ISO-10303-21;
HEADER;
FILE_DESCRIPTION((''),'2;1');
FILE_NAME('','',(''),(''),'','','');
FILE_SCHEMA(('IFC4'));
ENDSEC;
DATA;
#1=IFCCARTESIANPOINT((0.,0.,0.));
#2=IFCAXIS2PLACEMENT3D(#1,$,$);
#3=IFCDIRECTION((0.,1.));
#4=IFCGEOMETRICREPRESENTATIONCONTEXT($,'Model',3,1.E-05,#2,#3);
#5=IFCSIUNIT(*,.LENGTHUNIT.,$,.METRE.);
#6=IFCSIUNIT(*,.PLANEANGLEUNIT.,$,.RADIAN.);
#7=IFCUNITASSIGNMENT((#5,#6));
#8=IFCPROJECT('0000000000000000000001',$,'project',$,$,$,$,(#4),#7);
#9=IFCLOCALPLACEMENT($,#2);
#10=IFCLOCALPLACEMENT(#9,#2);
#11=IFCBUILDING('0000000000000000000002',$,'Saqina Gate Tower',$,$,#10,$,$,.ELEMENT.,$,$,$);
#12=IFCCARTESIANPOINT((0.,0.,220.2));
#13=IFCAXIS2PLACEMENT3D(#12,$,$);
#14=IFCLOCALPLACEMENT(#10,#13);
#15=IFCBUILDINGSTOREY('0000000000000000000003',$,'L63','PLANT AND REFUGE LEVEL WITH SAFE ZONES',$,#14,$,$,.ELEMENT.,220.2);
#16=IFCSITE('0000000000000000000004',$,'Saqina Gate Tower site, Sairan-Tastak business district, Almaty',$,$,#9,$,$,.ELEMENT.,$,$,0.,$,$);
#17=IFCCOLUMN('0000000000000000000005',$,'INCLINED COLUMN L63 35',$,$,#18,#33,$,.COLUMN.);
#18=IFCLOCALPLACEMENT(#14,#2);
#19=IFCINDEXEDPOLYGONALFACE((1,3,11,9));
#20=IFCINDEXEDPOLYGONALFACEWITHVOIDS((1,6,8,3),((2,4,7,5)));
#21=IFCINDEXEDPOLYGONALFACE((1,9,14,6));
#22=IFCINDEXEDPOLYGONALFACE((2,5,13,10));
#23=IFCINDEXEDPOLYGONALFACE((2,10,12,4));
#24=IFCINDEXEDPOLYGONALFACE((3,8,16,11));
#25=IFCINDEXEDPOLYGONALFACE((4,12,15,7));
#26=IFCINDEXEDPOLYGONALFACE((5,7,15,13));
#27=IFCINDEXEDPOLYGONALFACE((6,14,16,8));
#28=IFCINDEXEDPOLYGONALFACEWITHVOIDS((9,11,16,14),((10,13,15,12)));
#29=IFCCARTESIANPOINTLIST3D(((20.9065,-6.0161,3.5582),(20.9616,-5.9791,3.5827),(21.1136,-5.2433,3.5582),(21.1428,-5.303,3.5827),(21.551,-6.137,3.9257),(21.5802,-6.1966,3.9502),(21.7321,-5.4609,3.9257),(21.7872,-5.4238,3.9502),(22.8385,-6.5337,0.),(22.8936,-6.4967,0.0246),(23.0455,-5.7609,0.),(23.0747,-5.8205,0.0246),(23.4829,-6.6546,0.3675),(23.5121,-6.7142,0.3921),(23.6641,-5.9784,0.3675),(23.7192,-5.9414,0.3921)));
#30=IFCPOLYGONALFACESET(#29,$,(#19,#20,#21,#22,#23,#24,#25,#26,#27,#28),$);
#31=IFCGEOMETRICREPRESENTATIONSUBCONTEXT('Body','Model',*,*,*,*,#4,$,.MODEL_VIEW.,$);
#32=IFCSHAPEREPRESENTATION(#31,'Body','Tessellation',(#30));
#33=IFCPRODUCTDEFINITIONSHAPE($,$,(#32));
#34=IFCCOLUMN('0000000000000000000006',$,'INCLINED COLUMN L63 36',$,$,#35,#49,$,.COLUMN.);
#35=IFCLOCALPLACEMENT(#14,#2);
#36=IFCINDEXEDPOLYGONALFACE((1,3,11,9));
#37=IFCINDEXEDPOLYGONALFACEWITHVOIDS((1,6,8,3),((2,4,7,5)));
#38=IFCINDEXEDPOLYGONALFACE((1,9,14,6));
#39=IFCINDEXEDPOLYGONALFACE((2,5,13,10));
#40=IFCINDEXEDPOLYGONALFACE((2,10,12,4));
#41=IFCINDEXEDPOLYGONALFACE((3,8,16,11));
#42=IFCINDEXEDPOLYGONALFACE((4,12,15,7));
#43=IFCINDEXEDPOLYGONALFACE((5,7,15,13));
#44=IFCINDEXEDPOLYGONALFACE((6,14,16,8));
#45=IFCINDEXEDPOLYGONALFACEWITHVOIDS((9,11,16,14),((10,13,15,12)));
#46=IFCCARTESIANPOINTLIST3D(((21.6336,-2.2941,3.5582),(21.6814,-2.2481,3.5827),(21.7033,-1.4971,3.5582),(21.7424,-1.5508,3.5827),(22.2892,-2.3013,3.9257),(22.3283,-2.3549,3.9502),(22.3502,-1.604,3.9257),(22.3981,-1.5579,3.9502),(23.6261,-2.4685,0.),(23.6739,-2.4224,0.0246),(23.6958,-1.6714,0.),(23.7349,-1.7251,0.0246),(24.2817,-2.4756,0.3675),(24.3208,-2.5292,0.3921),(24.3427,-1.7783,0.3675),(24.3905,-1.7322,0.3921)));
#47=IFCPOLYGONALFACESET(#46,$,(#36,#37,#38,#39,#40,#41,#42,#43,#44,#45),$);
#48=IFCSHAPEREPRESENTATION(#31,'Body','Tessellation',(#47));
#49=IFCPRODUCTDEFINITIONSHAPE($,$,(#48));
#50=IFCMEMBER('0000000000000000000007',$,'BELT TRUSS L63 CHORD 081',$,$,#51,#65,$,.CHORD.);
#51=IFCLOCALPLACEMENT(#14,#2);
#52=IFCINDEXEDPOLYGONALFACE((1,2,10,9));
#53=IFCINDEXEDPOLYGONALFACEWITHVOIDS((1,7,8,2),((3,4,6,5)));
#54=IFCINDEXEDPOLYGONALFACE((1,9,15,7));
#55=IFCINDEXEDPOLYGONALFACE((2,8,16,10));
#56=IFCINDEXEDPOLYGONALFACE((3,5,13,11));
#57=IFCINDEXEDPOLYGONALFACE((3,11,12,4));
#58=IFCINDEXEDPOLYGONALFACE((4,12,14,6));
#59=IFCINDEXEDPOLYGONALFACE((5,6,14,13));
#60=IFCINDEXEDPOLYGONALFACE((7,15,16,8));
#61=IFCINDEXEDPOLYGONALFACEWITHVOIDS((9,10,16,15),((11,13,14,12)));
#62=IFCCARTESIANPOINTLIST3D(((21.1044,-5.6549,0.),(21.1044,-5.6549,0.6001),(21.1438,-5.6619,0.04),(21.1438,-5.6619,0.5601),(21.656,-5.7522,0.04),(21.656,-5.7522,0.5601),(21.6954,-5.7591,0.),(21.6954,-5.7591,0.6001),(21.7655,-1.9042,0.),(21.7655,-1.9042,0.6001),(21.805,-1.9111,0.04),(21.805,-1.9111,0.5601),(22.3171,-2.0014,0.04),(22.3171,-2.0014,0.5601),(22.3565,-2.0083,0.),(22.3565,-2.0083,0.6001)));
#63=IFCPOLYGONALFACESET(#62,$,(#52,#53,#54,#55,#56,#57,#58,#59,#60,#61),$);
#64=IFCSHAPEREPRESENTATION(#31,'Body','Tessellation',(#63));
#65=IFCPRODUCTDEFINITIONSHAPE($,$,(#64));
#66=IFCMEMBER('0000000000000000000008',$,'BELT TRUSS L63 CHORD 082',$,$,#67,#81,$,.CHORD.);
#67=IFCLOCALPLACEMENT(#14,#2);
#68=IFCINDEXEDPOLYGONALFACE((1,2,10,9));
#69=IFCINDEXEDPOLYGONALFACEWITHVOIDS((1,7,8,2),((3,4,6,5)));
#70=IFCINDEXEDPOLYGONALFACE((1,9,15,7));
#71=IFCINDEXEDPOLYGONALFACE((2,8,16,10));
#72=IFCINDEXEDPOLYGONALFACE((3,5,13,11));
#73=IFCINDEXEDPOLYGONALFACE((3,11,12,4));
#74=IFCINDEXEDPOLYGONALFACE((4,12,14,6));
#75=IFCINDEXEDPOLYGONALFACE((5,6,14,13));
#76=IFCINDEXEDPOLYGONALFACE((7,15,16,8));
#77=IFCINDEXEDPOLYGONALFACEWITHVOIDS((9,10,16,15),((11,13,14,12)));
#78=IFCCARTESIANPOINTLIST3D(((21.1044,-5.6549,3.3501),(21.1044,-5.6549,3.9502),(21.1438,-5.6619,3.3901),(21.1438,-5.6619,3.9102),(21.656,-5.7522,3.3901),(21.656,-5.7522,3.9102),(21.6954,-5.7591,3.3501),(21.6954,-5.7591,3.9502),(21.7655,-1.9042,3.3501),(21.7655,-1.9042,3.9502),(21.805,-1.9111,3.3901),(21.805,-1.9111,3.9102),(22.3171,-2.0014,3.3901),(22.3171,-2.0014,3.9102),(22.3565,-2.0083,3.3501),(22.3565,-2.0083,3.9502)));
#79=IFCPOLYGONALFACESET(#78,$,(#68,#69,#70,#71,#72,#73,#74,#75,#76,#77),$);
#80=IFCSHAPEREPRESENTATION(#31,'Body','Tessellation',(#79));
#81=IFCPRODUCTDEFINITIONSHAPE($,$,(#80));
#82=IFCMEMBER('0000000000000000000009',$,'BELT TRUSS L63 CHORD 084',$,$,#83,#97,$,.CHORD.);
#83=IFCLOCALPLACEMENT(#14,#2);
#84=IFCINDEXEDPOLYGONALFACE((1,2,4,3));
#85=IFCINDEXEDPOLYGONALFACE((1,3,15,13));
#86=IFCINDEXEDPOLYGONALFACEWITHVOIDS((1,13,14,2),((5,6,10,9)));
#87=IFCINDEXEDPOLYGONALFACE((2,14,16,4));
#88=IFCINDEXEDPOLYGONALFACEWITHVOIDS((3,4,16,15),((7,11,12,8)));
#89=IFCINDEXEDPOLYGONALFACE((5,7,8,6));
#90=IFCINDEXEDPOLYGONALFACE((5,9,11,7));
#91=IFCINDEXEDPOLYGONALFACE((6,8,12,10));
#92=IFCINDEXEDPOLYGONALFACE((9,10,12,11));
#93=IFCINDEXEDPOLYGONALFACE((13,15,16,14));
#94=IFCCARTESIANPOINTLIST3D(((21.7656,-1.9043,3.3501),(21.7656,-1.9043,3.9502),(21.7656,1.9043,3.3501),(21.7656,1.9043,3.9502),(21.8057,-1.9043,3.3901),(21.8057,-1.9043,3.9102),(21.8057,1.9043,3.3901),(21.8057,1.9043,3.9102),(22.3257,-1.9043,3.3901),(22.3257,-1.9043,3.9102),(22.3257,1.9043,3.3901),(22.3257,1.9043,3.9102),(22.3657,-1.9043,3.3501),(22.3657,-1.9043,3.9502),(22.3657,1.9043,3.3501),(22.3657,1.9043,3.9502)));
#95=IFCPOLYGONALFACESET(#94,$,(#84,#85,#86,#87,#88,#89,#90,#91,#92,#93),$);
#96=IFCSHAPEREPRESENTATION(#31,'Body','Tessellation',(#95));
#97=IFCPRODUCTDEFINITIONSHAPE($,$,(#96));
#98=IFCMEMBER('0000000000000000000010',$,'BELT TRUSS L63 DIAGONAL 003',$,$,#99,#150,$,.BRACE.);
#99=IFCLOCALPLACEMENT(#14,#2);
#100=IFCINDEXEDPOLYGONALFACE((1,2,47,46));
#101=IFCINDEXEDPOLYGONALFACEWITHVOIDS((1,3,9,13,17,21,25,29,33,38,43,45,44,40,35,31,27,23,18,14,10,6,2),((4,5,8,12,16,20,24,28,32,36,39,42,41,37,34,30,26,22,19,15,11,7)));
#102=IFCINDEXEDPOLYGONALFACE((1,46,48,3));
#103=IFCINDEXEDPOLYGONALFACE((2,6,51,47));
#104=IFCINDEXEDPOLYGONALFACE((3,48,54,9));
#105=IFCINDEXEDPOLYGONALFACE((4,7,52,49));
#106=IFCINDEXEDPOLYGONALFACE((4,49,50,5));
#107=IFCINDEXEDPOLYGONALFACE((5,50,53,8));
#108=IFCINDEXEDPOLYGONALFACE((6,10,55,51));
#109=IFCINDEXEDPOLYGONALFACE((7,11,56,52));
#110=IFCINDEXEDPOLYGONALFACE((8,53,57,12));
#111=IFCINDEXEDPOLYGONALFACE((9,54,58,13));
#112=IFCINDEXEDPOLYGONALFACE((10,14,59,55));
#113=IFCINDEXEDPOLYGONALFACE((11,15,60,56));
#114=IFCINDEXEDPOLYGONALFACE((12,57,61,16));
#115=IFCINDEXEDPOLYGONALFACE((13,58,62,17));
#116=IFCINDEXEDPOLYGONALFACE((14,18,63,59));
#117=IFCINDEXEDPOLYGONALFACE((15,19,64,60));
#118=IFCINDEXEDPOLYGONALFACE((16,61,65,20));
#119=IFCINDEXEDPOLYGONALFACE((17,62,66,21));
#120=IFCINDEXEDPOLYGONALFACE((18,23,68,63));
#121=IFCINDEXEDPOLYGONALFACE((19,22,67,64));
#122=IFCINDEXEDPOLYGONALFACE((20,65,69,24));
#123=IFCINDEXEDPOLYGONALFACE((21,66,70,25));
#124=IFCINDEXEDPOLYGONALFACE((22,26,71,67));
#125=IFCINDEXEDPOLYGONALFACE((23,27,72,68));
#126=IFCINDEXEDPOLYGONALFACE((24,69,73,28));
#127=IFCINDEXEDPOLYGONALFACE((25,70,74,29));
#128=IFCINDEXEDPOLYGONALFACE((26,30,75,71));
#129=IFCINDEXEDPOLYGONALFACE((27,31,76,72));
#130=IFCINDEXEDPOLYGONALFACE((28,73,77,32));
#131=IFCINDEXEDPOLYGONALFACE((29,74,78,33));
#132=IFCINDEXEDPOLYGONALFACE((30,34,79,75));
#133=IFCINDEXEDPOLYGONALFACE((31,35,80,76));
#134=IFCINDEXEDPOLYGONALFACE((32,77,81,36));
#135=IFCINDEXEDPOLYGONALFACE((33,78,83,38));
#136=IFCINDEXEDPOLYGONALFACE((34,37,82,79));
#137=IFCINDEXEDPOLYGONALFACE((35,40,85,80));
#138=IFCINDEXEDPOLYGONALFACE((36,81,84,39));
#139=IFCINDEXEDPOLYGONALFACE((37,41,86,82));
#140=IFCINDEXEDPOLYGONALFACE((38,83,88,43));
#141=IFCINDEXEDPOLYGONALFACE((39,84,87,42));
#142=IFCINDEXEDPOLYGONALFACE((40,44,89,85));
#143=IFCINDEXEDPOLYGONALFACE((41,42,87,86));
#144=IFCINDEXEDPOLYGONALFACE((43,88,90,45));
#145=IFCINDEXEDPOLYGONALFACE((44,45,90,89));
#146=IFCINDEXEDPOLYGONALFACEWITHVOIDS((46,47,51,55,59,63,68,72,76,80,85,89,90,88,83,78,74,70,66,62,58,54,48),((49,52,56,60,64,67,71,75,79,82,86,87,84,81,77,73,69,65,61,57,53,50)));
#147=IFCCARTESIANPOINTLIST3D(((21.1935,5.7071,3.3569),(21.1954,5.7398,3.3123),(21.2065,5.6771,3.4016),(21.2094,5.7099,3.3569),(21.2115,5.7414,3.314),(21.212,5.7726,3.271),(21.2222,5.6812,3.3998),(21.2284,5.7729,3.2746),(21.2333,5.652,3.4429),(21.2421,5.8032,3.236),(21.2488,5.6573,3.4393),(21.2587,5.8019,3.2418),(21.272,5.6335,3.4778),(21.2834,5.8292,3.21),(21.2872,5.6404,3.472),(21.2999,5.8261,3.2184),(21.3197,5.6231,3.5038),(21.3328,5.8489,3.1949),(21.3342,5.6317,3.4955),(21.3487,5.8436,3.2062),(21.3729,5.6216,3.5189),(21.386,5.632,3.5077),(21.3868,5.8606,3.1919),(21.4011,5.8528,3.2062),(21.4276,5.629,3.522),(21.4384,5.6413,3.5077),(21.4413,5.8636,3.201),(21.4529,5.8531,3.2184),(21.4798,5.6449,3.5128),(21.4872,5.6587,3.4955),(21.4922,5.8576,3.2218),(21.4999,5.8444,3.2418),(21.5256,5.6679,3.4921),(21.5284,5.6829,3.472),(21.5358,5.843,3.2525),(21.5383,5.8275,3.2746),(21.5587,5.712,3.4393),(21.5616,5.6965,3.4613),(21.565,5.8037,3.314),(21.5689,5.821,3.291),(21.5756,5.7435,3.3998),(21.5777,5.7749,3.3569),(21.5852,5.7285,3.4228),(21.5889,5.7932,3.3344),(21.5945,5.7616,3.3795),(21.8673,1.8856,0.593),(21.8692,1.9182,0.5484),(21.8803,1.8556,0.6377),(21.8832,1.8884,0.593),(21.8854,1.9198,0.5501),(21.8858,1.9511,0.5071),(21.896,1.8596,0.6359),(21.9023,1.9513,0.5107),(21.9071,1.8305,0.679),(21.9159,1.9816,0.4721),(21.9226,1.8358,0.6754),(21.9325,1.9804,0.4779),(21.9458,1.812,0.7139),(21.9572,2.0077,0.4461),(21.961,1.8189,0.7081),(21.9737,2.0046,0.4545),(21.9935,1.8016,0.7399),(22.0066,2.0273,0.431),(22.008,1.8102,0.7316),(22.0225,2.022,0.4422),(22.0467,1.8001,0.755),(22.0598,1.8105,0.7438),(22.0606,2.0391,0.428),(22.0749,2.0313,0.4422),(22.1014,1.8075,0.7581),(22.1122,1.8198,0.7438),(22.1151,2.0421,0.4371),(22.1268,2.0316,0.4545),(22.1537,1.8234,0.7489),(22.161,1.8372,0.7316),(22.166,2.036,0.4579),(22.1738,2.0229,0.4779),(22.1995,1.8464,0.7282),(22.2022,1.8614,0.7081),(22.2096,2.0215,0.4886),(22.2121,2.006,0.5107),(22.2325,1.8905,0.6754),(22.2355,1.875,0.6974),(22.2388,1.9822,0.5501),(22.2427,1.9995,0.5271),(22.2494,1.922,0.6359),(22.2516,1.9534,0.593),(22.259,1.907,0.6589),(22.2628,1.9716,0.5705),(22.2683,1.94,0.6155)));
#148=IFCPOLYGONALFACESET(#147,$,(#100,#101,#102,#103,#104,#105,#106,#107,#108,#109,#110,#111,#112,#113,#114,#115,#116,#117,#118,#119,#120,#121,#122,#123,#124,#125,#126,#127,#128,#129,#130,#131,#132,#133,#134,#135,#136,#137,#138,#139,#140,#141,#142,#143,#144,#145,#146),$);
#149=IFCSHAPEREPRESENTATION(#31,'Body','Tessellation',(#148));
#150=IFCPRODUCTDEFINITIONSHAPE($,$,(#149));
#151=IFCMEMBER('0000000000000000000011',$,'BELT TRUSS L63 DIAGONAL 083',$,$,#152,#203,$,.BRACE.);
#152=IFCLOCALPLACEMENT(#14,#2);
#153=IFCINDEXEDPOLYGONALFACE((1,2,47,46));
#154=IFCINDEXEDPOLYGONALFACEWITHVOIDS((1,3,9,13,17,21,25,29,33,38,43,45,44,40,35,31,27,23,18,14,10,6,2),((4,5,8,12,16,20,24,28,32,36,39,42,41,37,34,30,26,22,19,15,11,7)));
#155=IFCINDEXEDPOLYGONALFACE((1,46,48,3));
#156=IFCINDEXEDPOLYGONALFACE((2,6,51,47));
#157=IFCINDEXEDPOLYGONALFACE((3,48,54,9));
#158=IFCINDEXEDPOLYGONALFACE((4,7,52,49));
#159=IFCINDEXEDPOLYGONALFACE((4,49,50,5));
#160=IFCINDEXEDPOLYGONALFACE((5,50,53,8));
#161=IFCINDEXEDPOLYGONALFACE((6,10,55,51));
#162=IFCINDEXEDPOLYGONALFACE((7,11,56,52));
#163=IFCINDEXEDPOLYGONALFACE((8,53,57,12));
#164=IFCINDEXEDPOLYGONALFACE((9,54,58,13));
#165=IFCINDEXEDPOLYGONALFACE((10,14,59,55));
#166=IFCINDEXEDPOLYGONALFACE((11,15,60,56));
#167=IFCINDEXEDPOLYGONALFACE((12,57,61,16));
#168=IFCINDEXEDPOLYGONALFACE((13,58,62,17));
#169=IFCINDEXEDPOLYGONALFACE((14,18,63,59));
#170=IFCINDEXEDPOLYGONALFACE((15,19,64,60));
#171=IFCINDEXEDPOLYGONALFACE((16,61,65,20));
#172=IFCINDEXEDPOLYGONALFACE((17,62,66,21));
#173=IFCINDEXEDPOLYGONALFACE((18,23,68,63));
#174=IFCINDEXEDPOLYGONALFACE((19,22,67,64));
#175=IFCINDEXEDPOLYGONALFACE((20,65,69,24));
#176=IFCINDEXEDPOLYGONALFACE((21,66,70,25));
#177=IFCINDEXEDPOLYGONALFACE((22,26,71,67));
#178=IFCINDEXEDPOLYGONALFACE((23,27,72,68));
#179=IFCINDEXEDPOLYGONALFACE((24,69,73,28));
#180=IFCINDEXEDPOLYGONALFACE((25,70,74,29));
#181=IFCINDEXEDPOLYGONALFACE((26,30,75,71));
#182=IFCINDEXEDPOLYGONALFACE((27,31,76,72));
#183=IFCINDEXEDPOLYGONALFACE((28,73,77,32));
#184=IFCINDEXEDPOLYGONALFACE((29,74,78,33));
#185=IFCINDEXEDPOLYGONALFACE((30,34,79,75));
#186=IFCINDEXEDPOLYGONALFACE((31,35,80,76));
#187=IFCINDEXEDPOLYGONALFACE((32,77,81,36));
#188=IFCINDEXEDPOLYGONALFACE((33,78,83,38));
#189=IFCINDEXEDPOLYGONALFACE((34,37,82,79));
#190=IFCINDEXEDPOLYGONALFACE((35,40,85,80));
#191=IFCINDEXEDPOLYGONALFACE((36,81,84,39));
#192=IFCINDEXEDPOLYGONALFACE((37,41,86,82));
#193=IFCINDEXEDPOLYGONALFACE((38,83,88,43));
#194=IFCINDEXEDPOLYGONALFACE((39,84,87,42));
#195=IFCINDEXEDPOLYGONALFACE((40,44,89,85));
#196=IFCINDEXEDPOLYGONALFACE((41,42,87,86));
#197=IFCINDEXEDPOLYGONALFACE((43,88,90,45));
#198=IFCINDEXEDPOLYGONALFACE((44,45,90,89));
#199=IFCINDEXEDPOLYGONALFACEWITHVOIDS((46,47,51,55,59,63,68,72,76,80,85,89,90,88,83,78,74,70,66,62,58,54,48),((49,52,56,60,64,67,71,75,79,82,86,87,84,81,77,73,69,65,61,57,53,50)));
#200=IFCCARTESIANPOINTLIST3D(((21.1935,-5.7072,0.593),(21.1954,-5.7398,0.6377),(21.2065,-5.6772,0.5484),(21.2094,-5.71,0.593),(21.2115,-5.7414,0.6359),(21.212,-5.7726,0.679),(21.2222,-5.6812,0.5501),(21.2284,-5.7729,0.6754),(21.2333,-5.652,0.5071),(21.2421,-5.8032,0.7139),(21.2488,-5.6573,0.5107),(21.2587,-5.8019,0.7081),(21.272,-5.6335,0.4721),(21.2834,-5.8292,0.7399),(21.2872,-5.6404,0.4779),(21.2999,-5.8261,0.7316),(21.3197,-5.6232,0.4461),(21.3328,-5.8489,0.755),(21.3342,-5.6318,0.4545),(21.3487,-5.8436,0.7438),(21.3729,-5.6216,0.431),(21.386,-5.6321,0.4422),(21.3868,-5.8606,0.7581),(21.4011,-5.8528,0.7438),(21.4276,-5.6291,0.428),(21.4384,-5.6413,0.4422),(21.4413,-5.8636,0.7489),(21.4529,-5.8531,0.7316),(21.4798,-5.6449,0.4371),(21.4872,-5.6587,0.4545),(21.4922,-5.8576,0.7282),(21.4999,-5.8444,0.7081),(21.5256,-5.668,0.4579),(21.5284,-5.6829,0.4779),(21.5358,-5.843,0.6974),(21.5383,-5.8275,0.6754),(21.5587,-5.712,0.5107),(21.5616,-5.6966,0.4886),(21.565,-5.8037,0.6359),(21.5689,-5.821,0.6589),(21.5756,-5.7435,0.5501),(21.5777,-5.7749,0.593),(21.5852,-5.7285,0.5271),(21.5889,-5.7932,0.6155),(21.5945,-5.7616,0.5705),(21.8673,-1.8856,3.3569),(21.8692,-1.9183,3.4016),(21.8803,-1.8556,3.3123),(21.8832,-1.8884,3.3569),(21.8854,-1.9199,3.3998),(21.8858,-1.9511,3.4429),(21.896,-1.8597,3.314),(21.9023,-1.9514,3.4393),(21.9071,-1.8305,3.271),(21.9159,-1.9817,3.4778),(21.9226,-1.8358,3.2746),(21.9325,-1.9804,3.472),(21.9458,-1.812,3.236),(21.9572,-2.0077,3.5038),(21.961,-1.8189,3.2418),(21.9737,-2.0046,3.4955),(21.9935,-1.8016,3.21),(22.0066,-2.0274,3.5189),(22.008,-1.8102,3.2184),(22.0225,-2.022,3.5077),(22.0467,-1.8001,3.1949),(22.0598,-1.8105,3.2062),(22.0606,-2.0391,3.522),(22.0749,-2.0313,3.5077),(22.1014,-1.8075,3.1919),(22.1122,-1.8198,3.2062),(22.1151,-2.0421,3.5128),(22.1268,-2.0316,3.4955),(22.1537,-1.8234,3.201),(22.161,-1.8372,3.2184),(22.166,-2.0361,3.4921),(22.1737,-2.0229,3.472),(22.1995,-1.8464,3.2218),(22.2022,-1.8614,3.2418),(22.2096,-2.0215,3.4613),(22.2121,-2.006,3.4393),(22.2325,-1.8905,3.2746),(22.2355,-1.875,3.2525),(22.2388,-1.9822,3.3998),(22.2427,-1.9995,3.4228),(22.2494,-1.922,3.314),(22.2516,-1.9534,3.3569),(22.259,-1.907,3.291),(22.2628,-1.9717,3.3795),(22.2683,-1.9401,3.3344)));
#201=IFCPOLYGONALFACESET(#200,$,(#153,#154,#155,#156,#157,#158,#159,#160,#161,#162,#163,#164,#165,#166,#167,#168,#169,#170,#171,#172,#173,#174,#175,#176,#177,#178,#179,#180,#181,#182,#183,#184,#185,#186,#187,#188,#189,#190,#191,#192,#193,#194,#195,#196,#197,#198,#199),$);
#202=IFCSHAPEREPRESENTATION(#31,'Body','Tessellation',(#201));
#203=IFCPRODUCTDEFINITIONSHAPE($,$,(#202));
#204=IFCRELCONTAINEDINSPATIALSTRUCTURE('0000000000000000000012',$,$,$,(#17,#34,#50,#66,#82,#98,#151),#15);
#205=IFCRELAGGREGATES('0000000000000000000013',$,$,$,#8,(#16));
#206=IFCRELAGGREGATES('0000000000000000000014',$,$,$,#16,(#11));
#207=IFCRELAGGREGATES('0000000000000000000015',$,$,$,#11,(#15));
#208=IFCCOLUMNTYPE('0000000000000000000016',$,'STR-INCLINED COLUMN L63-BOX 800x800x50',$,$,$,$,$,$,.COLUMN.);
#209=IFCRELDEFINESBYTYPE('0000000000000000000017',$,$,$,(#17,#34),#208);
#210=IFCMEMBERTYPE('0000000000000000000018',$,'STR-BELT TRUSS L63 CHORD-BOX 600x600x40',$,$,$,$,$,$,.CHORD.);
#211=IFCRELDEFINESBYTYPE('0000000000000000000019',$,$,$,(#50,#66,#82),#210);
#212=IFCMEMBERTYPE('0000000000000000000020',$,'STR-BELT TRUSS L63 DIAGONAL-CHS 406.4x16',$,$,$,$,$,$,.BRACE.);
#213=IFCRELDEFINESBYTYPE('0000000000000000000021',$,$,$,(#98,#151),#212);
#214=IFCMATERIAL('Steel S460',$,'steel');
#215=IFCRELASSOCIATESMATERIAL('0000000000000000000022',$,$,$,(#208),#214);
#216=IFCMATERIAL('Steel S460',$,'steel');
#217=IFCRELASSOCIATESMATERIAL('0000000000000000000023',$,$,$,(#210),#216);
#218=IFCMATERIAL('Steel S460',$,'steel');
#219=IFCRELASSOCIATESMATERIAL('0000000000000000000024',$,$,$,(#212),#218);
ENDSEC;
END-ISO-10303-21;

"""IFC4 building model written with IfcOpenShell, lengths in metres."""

from ifc_helpers import new_model, si_unit, direction, frame, origin, origin_2d, place, context, subcontext, project, spatial, hollow_rectangle, hollow_circle, extrude, material, material_profile, profile_set, type_object, element, save


model = new_model("IFC4")

# Units and contexts
model_context = context("Model", 3, precision=1e-05, world=origin(), true_north=direction((0.0, 1.0)))
body_context = subcontext(model_context, "Body", "Model", "MODEL_VIEW")
ifc_project = project(units=[si_unit("LENGTHUNIT", "METRE"), si_unit("PLANEANGLEUNIT", "RADIAN")], contexts=[model_context])

# Site, building, storey
site_placement = place(None, origin())
site = spatial("IfcSite", under=ifc_project, at=site_placement, Name="Saqina Gate Tower site, Sairan-Tastak business district, Almaty", CompositionType="ELEMENT", RefElevation=0.0)
building_placement = place(site_placement, origin())
building = spatial("IfcBuilding", under=site, at=building_placement, Name="Saqina Gate Tower", CompositionType="ELEMENT")
storey_placement = place(building_placement, frame((0.0, 0.0, 220.2)))
storey = spatial("IfcBuildingStorey", under=building, at=storey_placement, Name="L63", Description="PLANT AND REFUGE LEVEL WITH SAFE ZONES", CompositionType="ELEMENT", Elevation=220.2)

# Columns
ifc_material_1 = material(Name="Steel S460", Category="steel")
ifc_material_profile_1 = material_profile(ifc_material_1, hollow_rectangle(XDim=0.8, YDim=0.8, WallThickness=0.05, at=origin_2d()), Name="BOX 800x800x50")
ifc_profile_set_1 = profile_set([ifc_material_profile_1], Name="Steel S460")
column_type = type_object("IfcColumnType", Name="STR-INCLINED COLUMN L63-BOX 800x800x50", PredefinedType="COLUMN", material=ifc_profile_set_1)
for number, where, z_axis, x_axis, name in (
    (1, (23.2788, -6.2375, 0.196), (-0.473305, 0.126805, 0.871724), (-0.258787, -0.965934, 0.0), "INCLINED COLUMN L63 35"),
    (2, (24.0083, -2.1003, 0.196), (-0.488138, 0.042707, 0.871721), (-0.087156, -0.996195, 0.0), "INCLINED COLUMN L63 36"),
):
    element("IfcColumn", number, at=place(storey_placement, frame(where, z_axis=z_axis, x_axis=x_axis)), inside=storey, type_object=column_type, Name=name, PredefinedType="COLUMN", context=body_context, shape_type="SweptSolid", body=[
        extrude(hollow_rectangle(XDim=0.8, YDim=0.8, WallThickness=0.05, at=origin_2d()), origin(), (0.0, 0.0, 1.0), 4.0818),
    ])

# Members
ifc_material_2 = material(Name="Steel S460", Category="steel")
ifc_material_profile_2 = material_profile(ifc_material_2, hollow_rectangle(XDim=0.6001, YDim=0.6001, WallThickness=0.04, at=origin_2d()), Name="BOX 600x600x40")
ifc_profile_set_2 = profile_set([ifc_material_profile_2], Name="Steel S460")
member_type_1 = type_object("IfcMemberType", Name="STR-BELT TRUSS L63 CHORD-BOX 600x600x40", PredefinedType="CHORD", material=ifc_profile_set_2)
for number, where, z_axis, x_axis, name in (
    (3, (21.3999, -5.707, 0.3), (0.173592, 0.984818, 0.0), (-0.984818, 0.173592, 0.0), "BELT TRUSS L63 CHORD 081"),
    (4, (21.3999, -5.707, 3.6501), (0.173592, 0.984818, 0.0), (-0.984818, 0.173592, 0.0), "BELT TRUSS L63 CHORD 082"),
    (5, (22.0657, -1.9043, 3.6501), (0.0, 1.0, 0.0), (-1.0, 0.0, 0.0), "BELT TRUSS L63 CHORD 084"),
):
    element("IfcMember", number, at=place(storey_placement, frame(where, z_axis=z_axis, x_axis=x_axis)), inside=storey, type_object=member_type_1, Name=name, PredefinedType="CHORD", context=body_context, shape_type="SweptSolid", body=[
        extrude(hollow_rectangle(XDim=0.6001, YDim=0.6001, WallThickness=0.04, at=origin_2d()), origin(), (0.0, 0.0, 1.0), 3.8086),
    ])
ifc_material_3 = material(Name="Steel S460", Category="steel")
ifc_material_profile_3 = material_profile(ifc_material_3, hollow_circle(Radius=0.2031, WallThickness=0.0161, at=origin_2d()), Name="CHS 406.4x16")
ifc_profile_set_3 = profile_set([ifc_material_profile_3], Name="Steel S460")
member_type_2 = type_object("IfcMemberType", Name="STR-BELT TRUSS L63 DIAGONAL-CHS 406.4x16", PredefinedType="BRACE", material=ifc_profile_set_3)
for number, where, z_axis, x_axis, name in (
    (6, (22.0674, 1.9209, 0.593), (-0.141436, 0.802139, 0.580145), (-0.984808, -0.173645, 0.0), "BELT TRUSS L63 DIAGONAL 003"),
    (7, (21.3936, -5.7424, 0.593), (0.141436, 0.802139, 0.580145), (-0.984808, 0.173645, 0.0), "BELT TRUSS L63 DIAGONAL 083"),
):
    element("IfcMember", number, at=place(storey_placement, frame(where, z_axis=z_axis, x_axis=x_axis)), inside=storey, type_object=member_type_2, Name=name, PredefinedType="BRACE", context=body_context, shape_type="SweptSolid", body=[
        extrude(hollow_circle(Radius=0.2031, WallThickness=0.0161, at=origin_2d()), origin(), (0.0, 0.0, 1.0), 4.7642),
    ])

save(model, "model.ifc")
